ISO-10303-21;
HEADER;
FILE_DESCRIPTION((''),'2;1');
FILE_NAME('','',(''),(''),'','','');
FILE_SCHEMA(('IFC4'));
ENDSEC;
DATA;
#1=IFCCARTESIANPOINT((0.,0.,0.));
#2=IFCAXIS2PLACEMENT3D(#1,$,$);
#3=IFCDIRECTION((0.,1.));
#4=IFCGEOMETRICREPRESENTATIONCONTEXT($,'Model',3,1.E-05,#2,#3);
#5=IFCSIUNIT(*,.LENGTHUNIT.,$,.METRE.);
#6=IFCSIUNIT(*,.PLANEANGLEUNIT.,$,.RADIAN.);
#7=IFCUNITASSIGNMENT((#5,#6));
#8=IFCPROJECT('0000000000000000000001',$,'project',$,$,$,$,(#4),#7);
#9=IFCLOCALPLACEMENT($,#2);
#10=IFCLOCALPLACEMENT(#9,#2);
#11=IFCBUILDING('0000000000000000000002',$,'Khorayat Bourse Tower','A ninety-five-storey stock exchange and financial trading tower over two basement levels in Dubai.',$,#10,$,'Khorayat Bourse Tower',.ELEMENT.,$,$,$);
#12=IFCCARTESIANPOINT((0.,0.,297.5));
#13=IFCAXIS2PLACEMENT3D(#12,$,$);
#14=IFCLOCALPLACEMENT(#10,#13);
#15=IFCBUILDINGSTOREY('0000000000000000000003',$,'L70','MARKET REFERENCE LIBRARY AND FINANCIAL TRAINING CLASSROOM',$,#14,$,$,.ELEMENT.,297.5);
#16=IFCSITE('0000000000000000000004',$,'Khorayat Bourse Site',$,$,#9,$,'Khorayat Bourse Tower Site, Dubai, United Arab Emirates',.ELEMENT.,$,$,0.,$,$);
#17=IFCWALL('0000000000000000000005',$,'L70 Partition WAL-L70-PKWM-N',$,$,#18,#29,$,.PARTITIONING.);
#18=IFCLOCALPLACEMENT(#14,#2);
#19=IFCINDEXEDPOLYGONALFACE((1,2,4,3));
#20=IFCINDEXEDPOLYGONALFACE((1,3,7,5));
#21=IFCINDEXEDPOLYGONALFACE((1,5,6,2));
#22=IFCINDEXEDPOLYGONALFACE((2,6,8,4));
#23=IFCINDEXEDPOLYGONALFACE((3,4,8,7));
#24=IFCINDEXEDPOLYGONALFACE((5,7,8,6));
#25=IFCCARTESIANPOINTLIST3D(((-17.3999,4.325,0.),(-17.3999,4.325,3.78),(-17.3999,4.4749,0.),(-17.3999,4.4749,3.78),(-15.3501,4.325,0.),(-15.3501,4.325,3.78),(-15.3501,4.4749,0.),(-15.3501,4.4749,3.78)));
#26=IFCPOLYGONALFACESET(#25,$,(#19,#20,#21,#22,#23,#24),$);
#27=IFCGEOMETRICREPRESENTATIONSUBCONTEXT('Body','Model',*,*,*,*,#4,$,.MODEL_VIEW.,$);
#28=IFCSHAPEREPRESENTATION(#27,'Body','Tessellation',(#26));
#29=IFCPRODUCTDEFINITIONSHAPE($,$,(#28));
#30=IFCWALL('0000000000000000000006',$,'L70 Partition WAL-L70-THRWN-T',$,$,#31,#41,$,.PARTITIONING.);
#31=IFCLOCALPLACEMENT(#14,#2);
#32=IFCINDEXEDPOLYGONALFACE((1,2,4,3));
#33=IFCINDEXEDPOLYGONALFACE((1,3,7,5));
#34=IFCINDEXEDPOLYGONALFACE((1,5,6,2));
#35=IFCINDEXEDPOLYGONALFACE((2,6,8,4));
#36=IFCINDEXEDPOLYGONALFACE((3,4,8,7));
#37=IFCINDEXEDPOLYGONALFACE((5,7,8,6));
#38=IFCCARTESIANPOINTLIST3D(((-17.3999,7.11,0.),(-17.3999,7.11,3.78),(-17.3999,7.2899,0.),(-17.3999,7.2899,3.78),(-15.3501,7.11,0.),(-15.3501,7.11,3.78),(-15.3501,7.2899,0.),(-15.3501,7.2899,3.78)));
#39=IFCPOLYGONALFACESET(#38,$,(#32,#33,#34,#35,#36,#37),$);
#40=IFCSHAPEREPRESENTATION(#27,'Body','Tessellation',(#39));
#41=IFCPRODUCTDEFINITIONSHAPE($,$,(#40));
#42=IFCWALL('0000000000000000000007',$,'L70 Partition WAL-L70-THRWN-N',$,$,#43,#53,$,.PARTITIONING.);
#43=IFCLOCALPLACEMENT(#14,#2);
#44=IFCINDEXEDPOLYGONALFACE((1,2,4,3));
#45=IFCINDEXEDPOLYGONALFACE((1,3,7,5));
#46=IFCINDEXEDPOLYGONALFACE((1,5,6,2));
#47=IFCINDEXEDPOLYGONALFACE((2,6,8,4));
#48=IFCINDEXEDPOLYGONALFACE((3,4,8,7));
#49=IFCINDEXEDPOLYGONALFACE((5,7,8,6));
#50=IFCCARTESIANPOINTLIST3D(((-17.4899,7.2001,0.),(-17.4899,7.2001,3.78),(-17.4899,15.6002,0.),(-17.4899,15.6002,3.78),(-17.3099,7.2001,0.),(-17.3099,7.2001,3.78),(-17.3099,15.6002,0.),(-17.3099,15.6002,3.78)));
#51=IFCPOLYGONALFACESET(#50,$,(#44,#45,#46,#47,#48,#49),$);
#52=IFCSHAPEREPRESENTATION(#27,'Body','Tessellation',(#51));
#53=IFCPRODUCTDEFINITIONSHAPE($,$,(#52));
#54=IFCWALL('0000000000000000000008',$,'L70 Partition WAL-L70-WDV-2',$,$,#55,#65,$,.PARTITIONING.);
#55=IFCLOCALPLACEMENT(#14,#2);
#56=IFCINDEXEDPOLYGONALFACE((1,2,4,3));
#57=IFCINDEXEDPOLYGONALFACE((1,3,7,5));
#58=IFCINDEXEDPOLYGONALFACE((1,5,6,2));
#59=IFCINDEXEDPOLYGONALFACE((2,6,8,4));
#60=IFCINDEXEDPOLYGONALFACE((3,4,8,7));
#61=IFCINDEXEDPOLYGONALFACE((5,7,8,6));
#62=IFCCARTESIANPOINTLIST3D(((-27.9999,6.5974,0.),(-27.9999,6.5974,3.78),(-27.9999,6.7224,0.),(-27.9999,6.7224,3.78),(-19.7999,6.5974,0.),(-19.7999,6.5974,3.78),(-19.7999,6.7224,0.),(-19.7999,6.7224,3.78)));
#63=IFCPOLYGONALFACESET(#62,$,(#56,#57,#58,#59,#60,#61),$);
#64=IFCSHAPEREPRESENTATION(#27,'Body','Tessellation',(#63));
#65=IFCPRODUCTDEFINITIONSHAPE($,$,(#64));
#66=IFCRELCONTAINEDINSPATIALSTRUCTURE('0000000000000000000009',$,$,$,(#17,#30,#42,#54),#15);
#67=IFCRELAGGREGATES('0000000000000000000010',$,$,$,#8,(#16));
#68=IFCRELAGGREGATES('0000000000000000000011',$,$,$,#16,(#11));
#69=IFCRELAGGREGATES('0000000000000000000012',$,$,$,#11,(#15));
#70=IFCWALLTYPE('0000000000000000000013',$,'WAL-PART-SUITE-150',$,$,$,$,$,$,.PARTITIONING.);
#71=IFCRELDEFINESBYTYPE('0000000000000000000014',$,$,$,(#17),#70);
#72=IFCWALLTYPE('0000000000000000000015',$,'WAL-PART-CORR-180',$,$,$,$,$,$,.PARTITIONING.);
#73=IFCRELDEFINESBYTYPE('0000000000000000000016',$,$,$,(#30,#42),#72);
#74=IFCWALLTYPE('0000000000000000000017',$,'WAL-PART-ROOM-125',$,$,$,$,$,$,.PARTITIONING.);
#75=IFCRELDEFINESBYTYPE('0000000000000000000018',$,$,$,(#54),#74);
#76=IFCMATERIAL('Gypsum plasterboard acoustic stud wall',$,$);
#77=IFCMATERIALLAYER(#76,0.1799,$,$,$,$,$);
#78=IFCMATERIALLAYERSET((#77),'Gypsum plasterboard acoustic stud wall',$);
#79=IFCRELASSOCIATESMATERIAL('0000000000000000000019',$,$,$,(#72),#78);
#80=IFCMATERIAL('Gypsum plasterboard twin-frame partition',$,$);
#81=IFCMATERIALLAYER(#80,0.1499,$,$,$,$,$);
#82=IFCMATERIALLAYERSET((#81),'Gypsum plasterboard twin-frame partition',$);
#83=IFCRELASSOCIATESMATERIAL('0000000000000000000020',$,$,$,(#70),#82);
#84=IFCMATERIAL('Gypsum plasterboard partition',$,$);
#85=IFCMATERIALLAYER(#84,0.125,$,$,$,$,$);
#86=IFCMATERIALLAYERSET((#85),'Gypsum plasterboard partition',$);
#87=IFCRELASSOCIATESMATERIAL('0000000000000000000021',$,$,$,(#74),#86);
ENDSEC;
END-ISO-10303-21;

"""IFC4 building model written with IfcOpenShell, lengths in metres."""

from ifc_helpers import new_model, si_unit, direction, frame, frame_2d, origin, place, context, subcontext, project, spatial, rectangle, extrude, source, transform, mapped, material, layer, layer_set, type_object, element, save


model = new_model("IFC4")

# Units and contexts
model_context = context("Model", 3, precision=1e-05, world=origin(), true_north=direction((0.0, 1.0)))
body_context = subcontext(model_context, "Body", "Model", "MODEL_VIEW")
ifc_project = project(units=[si_unit("LENGTHUNIT", "METRE"), si_unit("PLANEANGLEUNIT", "RADIAN")], contexts=[model_context])

# Site, building, storey
site_placement = place(None, origin())
site = spatial("IfcSite", under=ifc_project, at=site_placement, Name="Khorayat Bourse Site", LongName="Khorayat Bourse Tower Site, Dubai, United Arab Emirates", CompositionType="ELEMENT", RefElevation=0.0)
building_placement = place(site_placement, origin())
building = spatial("IfcBuilding", under=site, at=building_placement, Name="Khorayat Bourse Tower", Description="A ninety-five-storey stock exchange and financial trading tower over two basement levels in Dubai.", LongName="Khorayat Bourse Tower", CompositionType="ELEMENT")
storey_placement = place(building_placement, frame((0.0, 0.0, 297.5)))
storey = spatial("IfcBuildingStorey", under=building, at=storey_placement, Name="L70", Description="MARKET REFERENCE LIBRARY AND FINANCIAL TRAINING CLASSROOM", CompositionType="ELEMENT", Elevation=297.5)

# Walls
ifc_material_1 = material(Name="Gypsum plasterboard acoustic stud wall")
ifc_layer_1 = layer(ifc_material_1, 0.1799)
ifc_layer_set_1 = layer_set([ifc_layer_1], Name="Gypsum plasterboard acoustic stud wall")
wall_type_1 = type_object("IfcWallType", Name="WAL-PART-CORR-180", PredefinedType="PARTITIONING", material=ifc_layer_set_1)
ifc_material_2 = material(Name="Gypsum plasterboard twin-frame partition")
ifc_layer_2 = layer(ifc_material_2, 0.1499)
ifc_layer_set_2 = layer_set([ifc_layer_2], Name="Gypsum plasterboard twin-frame partition")
wall_type_2 = type_object("IfcWallType", Name="WAL-PART-SUITE-150", PredefinedType="PARTITIONING", material=ifc_layer_set_2)
shared_shape_1 = source(origin(), body_context, "Body", "SweptSolid", [
    extrude(rectangle(XDim=2.0498, YDim=0.1499, at=frame_2d((1.0249, 0.0))), origin(), (0.0, 0.0, 1.0), 3.78),
])
wall_1_placement = place(storey_placement, frame((-17.3999, 4.3999, 0.0), z_axis=(0.0, 0.0, 1.0), x_axis=(1.0, 0.0, 0.0)))
element("IfcWall", 1, at=wall_1_placement, inside=storey, type_object=wall_type_2, Name="L70 Partition WAL-L70-PKWM-N", PredefinedType="PARTITIONING", context=body_context, shape_type="MappedRepresentation", body=[
    mapped(shared_shape_1, transform((0.0, 0.0, 0.0), scale=1.0)),
])
shared_shape_2 = source(origin(), body_context, "Body", "SweptSolid", [
    extrude(rectangle(XDim=2.0498, YDim=0.1799, at=frame_2d((1.0249, 0.0))), origin(), (0.0, 0.0, 1.0), 3.78),
])
wall_2_placement = place(storey_placement, frame((-17.3999, 7.2, 0.0), z_axis=(0.0, 0.0, 1.0), x_axis=(1.0, 0.0, 0.0)))
element("IfcWall", 2, at=wall_2_placement, inside=storey, type_object=wall_type_1, Name="L70 Partition WAL-L70-THRWN-T", PredefinedType="PARTITIONING", context=body_context, shape_type="MappedRepresentation", body=[
    mapped(shared_shape_2, transform((0.0, 0.0, 0.0), scale=1.0)),
])
shared_shape_3 = source(origin(), body_context, "Body", "SweptSolid", [
    extrude(rectangle(XDim=8.4001, YDim=0.1799, at=frame_2d((4.2002, 0.0))), origin(), (0.0, 0.0, 1.0), 3.78),
])
wall_3_placement = place(storey_placement, frame((-17.3999, 7.2, 0.0), z_axis=(0.0, 0.0, 1.0), x_axis=(0.0, 1.0, 0.0)))
element("IfcWall", 3, at=wall_3_placement, inside=storey, type_object=wall_type_1, Name="L70 Partition WAL-L70-THRWN-N", PredefinedType="PARTITIONING", context=body_context, shape_type="MappedRepresentation", body=[
    mapped(shared_shape_3, transform((0.0, 0.0, 0.0), scale=1.0)),
])
ifc_material_3 = material(Name="Gypsum plasterboard partition")
ifc_layer_3 = layer(ifc_material_3, 0.125)
ifc_layer_set_3 = layer_set([ifc_layer_3], Name="Gypsum plasterboard partition")
wall_type_3 = type_object("IfcWallType", Name="WAL-PART-ROOM-125", PredefinedType="PARTITIONING", material=ifc_layer_set_3)
shared_shape_4 = source(origin(), body_context, "Body", "SweptSolid", [
    extrude(rectangle(XDim=8.2, YDim=0.125, at=frame_2d((4.1001, 0.0))), origin(), (0.0, 0.0, 1.0), 3.78),
])
wall_4_placement = place(storey_placement, frame((-28.0, 6.6599, 0.0), z_axis=(0.0, 0.0, 1.0), x_axis=(1.0, 0.0, 0.0)))
element("IfcWall", 4, at=wall_4_placement, inside=storey, type_object=wall_type_3, Name="L70 Partition WAL-L70-WDV-2", PredefinedType="PARTITIONING", context=body_context, shape_type="MappedRepresentation", body=[
    mapped(shared_shape_4, transform((0.0, 0.0, 0.0), scale=1.0)),
])

save(model, "model.ifc")
